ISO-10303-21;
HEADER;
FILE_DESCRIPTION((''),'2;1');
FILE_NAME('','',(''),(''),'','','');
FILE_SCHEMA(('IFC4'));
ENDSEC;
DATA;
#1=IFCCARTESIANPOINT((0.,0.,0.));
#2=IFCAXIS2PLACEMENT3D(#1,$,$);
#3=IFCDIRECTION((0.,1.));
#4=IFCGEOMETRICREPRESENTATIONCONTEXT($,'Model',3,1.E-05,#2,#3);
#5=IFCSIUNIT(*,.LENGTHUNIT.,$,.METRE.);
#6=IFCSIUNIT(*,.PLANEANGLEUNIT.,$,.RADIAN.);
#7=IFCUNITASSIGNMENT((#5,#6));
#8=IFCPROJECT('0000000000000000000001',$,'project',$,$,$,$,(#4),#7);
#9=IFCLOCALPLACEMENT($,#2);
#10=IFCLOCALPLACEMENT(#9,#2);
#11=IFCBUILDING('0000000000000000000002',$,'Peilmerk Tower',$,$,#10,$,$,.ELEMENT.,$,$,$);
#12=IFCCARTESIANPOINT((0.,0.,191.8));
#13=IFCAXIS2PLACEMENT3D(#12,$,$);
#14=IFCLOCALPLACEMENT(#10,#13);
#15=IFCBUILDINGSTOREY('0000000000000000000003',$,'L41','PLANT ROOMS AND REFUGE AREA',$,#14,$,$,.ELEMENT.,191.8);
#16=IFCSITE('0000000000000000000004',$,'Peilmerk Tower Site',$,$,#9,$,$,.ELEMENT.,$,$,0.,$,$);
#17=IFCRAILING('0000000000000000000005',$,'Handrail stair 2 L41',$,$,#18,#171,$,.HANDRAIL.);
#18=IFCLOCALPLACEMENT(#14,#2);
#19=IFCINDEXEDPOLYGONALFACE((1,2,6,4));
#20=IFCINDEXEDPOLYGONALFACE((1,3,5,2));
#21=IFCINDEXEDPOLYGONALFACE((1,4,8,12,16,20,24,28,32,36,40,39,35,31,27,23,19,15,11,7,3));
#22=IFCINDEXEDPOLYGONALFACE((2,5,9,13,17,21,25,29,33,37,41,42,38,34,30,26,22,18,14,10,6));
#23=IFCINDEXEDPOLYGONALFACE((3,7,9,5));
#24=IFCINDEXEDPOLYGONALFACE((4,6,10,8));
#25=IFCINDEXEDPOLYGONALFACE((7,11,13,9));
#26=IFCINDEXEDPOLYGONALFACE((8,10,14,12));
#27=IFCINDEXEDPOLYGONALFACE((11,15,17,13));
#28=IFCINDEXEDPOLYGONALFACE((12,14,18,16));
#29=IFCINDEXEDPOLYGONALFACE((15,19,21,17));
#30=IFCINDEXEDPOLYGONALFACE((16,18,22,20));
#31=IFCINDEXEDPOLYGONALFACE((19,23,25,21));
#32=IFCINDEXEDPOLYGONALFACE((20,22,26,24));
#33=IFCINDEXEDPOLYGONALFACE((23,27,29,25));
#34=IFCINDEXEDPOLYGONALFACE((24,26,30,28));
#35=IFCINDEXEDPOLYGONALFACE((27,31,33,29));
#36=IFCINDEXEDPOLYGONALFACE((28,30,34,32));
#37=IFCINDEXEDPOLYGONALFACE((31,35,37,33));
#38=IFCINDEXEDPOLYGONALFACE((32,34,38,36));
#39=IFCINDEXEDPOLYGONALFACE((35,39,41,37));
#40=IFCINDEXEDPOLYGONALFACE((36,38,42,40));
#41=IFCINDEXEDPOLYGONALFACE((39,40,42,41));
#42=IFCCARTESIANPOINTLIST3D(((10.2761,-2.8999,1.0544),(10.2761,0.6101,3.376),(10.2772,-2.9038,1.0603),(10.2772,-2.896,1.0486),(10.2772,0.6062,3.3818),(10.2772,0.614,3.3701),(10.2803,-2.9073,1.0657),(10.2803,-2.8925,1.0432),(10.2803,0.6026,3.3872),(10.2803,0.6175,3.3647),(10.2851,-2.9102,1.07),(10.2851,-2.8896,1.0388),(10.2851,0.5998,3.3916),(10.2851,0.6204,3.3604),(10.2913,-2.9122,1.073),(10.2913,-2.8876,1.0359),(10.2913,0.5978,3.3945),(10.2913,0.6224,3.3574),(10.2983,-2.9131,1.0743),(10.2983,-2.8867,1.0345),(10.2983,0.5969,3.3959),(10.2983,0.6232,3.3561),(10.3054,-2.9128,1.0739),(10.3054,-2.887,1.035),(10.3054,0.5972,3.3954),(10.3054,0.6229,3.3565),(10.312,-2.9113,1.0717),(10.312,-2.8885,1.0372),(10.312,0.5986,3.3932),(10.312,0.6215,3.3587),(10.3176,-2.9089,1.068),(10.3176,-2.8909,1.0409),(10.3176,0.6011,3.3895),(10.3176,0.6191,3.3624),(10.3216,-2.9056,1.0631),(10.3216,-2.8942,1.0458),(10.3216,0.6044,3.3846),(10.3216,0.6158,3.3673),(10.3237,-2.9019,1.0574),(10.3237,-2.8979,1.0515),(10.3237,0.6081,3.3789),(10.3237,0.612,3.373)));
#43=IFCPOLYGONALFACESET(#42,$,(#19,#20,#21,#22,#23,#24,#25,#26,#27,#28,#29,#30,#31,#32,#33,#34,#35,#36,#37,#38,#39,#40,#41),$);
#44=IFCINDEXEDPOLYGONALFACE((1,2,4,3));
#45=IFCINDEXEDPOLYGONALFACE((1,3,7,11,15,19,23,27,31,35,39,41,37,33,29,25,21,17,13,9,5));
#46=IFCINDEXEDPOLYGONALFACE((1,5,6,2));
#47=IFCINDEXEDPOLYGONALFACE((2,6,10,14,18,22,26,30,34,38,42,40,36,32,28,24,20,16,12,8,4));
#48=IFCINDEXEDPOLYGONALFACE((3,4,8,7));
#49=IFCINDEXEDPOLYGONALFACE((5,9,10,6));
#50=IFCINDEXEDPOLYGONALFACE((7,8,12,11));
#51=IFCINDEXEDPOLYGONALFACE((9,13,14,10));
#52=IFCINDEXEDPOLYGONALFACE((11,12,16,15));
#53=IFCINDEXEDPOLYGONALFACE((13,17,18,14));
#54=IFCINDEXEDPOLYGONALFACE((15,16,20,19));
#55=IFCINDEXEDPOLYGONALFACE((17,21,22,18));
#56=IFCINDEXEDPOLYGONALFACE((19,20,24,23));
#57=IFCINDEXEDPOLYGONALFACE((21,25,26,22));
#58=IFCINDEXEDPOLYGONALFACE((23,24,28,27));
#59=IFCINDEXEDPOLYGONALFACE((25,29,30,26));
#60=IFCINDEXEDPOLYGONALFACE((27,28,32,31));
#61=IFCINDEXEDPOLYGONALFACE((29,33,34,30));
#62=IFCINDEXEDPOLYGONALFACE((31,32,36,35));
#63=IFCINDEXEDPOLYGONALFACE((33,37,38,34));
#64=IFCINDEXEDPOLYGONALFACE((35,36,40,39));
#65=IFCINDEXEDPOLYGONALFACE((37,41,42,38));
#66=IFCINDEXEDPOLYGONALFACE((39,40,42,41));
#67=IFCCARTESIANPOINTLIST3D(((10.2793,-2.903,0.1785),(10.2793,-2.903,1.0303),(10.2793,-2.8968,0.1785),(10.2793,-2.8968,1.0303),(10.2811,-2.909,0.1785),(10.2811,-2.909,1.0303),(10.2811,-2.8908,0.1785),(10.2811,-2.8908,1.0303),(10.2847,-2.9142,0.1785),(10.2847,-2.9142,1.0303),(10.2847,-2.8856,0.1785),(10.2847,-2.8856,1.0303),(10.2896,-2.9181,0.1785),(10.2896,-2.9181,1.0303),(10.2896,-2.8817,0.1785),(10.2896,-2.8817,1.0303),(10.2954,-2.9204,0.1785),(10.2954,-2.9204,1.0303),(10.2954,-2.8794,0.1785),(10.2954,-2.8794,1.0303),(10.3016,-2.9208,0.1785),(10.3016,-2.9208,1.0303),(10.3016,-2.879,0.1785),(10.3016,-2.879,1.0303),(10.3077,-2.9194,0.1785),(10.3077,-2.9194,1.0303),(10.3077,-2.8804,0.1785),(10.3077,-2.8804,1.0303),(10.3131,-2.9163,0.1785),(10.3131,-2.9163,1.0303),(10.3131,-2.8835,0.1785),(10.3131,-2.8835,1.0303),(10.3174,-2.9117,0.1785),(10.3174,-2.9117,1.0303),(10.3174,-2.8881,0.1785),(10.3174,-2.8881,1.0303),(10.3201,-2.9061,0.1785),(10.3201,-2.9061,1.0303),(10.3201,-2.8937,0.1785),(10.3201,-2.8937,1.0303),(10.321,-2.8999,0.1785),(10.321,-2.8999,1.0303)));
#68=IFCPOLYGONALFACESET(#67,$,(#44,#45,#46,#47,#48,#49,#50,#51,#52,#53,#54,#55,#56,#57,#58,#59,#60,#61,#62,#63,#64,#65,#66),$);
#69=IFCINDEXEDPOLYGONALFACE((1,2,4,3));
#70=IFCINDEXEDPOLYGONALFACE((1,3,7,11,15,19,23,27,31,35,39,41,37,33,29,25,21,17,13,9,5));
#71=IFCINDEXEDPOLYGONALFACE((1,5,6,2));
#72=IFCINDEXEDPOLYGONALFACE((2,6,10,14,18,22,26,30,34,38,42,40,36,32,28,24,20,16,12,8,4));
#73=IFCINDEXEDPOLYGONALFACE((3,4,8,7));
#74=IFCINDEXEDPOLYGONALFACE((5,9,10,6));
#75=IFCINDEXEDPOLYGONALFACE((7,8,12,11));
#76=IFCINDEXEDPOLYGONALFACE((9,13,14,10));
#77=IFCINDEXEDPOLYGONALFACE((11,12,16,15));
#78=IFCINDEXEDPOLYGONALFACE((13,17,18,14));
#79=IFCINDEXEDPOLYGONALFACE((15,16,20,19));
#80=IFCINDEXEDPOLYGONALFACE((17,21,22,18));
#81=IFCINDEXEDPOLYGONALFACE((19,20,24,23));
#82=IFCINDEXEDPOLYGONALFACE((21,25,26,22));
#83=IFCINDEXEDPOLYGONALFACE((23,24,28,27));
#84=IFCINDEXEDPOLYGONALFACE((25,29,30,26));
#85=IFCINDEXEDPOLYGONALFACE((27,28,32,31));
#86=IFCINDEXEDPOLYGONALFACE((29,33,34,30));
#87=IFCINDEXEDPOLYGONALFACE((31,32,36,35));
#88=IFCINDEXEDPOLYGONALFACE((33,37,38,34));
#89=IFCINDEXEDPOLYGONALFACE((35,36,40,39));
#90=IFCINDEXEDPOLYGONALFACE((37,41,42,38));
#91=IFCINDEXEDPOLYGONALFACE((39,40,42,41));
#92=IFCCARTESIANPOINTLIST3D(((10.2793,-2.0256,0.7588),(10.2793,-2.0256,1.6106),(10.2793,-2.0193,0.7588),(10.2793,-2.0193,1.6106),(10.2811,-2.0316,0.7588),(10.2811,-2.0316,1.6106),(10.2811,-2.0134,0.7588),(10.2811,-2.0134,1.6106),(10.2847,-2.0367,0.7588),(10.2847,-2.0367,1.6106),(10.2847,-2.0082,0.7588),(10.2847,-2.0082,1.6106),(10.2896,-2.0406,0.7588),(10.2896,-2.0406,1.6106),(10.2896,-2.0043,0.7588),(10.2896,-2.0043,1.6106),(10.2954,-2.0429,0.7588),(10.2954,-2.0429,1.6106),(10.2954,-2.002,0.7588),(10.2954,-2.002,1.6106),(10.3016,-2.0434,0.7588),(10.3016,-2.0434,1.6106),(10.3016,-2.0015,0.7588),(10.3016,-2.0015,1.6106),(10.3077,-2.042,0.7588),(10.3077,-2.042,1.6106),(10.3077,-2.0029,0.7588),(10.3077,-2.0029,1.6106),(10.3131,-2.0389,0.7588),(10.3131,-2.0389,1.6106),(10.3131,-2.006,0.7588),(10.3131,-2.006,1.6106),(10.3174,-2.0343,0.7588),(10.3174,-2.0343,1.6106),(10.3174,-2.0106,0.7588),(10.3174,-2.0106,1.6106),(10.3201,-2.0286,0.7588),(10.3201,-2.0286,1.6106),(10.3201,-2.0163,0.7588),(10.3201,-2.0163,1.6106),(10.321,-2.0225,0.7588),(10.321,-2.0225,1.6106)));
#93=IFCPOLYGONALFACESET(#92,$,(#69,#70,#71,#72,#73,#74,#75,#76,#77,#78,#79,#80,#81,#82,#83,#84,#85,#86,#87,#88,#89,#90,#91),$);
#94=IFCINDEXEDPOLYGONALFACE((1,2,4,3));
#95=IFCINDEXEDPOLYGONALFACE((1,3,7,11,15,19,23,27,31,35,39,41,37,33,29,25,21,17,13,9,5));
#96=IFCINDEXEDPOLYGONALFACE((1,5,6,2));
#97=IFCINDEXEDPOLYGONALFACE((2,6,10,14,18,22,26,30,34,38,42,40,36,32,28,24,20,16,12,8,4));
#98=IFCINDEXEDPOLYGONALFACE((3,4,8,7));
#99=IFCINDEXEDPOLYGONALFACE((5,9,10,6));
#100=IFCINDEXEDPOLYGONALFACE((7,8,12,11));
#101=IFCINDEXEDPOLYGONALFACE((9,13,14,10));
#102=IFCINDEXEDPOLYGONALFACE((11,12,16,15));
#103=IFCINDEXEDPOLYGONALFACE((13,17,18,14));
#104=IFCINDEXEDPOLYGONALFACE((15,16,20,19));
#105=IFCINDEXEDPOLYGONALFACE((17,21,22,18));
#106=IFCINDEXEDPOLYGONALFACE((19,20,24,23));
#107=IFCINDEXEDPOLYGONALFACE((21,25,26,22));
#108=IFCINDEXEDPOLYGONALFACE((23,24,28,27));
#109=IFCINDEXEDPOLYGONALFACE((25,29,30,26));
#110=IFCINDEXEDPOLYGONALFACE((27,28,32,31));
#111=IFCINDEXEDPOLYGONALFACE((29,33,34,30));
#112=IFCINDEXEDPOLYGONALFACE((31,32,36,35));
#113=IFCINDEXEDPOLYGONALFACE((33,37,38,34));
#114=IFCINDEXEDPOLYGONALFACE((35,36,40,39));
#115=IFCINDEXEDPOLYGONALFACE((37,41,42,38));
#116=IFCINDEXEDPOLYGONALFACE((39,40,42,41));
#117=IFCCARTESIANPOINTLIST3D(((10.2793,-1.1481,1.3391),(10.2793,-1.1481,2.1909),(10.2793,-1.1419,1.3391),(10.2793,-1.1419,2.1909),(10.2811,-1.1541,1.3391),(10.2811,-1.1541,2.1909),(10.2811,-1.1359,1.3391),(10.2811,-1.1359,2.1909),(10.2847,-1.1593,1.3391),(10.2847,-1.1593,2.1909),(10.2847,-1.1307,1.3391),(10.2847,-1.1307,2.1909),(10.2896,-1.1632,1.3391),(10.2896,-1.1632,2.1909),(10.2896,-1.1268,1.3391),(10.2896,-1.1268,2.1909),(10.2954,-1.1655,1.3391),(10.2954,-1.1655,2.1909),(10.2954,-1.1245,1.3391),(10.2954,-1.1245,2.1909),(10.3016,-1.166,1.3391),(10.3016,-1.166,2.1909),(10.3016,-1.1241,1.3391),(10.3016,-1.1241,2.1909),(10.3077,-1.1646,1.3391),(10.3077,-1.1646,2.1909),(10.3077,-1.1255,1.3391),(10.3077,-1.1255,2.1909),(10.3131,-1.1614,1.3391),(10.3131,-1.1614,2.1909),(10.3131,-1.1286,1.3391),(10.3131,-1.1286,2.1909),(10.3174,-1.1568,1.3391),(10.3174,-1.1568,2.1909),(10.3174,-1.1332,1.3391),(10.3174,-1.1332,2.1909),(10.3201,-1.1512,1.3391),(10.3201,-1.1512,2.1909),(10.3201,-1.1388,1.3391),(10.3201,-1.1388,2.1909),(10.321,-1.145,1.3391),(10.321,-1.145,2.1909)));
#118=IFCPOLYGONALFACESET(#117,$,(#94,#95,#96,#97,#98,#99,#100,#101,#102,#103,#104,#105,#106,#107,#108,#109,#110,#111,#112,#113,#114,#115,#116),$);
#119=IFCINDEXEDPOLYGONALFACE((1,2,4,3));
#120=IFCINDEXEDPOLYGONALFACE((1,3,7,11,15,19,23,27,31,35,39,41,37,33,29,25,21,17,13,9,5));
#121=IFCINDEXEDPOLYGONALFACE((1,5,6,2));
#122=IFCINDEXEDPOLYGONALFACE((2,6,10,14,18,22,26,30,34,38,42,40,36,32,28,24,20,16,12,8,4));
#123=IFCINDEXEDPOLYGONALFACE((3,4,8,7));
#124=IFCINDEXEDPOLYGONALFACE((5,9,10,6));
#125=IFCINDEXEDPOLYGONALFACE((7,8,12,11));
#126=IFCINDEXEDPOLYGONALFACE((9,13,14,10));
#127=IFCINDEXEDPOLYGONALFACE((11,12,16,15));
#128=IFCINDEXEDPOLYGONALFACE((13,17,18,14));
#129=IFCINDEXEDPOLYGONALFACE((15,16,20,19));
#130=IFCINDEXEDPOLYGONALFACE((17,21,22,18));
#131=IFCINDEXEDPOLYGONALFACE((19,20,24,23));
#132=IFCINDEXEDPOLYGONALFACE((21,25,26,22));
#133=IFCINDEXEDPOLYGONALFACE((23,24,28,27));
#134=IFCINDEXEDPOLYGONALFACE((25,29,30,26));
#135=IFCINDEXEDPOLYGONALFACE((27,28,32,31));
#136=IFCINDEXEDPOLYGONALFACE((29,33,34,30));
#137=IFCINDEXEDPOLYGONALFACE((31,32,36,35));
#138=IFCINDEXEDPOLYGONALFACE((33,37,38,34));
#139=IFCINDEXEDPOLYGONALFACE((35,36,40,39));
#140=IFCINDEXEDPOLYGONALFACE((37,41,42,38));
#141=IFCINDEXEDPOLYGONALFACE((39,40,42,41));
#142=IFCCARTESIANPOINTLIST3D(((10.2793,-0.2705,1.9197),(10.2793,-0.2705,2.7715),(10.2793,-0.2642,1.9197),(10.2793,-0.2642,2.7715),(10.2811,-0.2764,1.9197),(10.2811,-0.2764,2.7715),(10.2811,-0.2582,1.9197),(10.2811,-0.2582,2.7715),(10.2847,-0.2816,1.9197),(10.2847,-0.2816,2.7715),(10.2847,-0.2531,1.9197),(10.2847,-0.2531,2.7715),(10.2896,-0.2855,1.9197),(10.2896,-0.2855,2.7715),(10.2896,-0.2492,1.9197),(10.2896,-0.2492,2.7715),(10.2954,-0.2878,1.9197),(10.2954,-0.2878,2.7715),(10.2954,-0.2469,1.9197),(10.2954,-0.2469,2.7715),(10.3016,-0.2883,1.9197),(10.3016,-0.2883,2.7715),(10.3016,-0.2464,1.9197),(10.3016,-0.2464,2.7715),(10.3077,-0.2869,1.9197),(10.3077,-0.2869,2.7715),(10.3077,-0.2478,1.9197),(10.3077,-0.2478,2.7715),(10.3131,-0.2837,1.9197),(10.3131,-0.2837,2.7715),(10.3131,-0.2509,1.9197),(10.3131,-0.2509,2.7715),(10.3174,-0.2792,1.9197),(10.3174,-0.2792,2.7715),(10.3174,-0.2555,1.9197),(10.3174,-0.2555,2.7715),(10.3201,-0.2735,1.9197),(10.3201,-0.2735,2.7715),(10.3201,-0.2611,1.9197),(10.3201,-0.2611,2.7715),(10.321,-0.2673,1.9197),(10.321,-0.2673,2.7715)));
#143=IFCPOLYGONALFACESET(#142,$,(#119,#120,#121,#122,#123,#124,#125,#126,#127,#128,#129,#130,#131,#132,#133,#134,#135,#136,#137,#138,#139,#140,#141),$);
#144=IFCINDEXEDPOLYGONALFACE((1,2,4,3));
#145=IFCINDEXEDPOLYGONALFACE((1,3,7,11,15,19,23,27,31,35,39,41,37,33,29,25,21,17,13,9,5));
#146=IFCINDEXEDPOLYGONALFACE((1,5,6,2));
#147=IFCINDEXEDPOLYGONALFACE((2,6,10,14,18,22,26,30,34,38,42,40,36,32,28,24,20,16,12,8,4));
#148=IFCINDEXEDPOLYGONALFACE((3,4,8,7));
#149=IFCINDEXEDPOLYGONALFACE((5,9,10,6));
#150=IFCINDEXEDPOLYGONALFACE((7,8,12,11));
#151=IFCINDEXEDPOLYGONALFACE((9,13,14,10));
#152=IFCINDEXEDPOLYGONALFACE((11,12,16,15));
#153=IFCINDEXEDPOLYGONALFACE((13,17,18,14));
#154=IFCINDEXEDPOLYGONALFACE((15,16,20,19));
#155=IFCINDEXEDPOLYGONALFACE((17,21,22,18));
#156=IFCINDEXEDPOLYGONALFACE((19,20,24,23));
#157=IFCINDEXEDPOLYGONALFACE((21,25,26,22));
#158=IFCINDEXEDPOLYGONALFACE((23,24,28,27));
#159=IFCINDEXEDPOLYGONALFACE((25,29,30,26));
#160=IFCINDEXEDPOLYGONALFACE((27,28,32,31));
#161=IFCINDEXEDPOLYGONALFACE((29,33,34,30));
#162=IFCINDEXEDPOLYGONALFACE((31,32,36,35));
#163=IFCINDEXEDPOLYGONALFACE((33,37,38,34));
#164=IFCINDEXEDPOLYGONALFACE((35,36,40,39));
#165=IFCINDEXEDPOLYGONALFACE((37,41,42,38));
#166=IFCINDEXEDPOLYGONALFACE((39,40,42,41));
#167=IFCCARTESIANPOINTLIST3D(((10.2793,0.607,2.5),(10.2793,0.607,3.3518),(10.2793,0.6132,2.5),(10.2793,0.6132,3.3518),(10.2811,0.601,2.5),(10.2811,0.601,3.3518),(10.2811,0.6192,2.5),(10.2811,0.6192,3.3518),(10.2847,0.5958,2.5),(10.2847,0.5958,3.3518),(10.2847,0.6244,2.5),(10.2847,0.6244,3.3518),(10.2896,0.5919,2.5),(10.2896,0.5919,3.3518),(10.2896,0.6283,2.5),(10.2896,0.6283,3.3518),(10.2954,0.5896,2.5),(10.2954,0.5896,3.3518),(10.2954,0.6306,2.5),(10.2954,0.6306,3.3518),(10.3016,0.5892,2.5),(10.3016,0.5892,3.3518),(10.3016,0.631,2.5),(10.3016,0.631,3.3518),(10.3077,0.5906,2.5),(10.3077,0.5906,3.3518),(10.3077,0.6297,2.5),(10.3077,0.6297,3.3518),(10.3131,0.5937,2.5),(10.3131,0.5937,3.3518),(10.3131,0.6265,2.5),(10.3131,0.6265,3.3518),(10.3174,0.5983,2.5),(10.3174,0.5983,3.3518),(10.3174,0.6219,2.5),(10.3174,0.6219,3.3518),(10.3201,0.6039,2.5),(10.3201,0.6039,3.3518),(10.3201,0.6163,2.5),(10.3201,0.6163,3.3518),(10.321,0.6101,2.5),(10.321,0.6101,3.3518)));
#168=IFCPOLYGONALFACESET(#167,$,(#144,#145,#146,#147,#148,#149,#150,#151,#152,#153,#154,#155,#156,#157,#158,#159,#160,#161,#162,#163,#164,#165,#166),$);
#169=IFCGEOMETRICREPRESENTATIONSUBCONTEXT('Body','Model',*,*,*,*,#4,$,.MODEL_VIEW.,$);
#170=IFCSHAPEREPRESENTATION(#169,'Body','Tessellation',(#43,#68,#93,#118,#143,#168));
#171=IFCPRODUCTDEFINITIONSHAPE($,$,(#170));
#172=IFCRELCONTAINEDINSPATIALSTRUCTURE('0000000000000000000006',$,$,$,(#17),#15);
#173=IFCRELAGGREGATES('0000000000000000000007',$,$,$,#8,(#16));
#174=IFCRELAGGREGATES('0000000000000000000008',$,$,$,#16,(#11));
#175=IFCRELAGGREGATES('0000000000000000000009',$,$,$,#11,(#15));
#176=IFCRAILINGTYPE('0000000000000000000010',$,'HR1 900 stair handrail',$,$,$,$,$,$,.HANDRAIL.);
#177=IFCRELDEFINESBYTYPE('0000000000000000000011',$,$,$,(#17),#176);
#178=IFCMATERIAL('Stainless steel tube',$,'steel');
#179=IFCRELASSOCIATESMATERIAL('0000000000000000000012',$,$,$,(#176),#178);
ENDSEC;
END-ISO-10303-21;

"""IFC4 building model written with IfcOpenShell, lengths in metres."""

from ifc_helpers import new_model, si_unit, direction, frame, origin, origin_2d, place, context, subcontext, project, spatial, circle, extrude, material, type_object, element, save


model = new_model("IFC4")

# Units and contexts
model_context = context("Model", 3, precision=1e-05, world=origin(), true_north=direction((0.0, 1.0)))
body_context = subcontext(model_context, "Body", "Model", "MODEL_VIEW")
ifc_project = project(units=[si_unit("LENGTHUNIT", "METRE"), si_unit("PLANEANGLEUNIT", "RADIAN")], contexts=[model_context])

# Site, building, storey
site_placement = place(None, origin())
site = spatial("IfcSite", under=ifc_project, at=site_placement, Name="Peilmerk Tower Site", CompositionType="ELEMENT", RefElevation=0.0)
building_placement = place(site_placement, origin())
building = spatial("IfcBuilding", under=site, at=building_placement, Name="Peilmerk Tower", CompositionType="ELEMENT")
storey_placement = place(building_placement, frame((0.0, 0.0, 191.8)))
storey = spatial("IfcBuildingStorey", under=building, at=storey_placement, Name="L41", Description="PLANT ROOMS AND REFUGE AREA", CompositionType="ELEMENT", Elevation=191.8)

# Railing
ifc_material_1 = material(Name="Stainless steel tube", Category="steel")
railing_type_1 = type_object("IfcRailingType", Name="HR1 900 stair handrail", PredefinedType="HANDRAIL", material=ifc_material_1)
railing_1_placement = place(storey_placement, frame((10.3, -2.8999, 0.1785)))
element("IfcRailing", 1, at=railing_1_placement, inside=storey, type_object=railing_type_1, Name="Handrail stair 2 L41", PredefinedType="HANDRAIL", context=body_context, shape_type="SweptSolid", body=[
    extrude(circle(Radius=0.0239, at=origin_2d()), frame((0.0, 0.0, 0.876), z_axis=(0.0, 0.834071, 0.551657), x_axis=(-1.0, 0.0, 0.0)), (0.0, 0.0, 1.0), 4.2083),
    extrude(circle(Radius=0.021, at=origin_2d()), origin(), (0.0, 0.0, 1.0), 0.8518),
    extrude(circle(Radius=0.021, at=origin_2d()), frame((0.0, 0.8774, 0.5803)), (0.0, 0.0, 1.0), 0.8518),
    extrude(circle(Radius=0.021, at=origin_2d()), frame((0.0, 1.7549, 1.1606)), (0.0, 0.0, 1.0), 0.8518),
    extrude(circle(Radius=0.021, at=origin_2d()), frame((0.0, 2.6326, 1.7412)), (0.0, 0.0, 1.0), 0.8518),
    extrude(circle(Radius=0.021, at=origin_2d()), frame((0.0, 3.51, 2.3215)), (0.0, 0.0, 1.0), 0.8518),
])

save(model, "model.ifc")
